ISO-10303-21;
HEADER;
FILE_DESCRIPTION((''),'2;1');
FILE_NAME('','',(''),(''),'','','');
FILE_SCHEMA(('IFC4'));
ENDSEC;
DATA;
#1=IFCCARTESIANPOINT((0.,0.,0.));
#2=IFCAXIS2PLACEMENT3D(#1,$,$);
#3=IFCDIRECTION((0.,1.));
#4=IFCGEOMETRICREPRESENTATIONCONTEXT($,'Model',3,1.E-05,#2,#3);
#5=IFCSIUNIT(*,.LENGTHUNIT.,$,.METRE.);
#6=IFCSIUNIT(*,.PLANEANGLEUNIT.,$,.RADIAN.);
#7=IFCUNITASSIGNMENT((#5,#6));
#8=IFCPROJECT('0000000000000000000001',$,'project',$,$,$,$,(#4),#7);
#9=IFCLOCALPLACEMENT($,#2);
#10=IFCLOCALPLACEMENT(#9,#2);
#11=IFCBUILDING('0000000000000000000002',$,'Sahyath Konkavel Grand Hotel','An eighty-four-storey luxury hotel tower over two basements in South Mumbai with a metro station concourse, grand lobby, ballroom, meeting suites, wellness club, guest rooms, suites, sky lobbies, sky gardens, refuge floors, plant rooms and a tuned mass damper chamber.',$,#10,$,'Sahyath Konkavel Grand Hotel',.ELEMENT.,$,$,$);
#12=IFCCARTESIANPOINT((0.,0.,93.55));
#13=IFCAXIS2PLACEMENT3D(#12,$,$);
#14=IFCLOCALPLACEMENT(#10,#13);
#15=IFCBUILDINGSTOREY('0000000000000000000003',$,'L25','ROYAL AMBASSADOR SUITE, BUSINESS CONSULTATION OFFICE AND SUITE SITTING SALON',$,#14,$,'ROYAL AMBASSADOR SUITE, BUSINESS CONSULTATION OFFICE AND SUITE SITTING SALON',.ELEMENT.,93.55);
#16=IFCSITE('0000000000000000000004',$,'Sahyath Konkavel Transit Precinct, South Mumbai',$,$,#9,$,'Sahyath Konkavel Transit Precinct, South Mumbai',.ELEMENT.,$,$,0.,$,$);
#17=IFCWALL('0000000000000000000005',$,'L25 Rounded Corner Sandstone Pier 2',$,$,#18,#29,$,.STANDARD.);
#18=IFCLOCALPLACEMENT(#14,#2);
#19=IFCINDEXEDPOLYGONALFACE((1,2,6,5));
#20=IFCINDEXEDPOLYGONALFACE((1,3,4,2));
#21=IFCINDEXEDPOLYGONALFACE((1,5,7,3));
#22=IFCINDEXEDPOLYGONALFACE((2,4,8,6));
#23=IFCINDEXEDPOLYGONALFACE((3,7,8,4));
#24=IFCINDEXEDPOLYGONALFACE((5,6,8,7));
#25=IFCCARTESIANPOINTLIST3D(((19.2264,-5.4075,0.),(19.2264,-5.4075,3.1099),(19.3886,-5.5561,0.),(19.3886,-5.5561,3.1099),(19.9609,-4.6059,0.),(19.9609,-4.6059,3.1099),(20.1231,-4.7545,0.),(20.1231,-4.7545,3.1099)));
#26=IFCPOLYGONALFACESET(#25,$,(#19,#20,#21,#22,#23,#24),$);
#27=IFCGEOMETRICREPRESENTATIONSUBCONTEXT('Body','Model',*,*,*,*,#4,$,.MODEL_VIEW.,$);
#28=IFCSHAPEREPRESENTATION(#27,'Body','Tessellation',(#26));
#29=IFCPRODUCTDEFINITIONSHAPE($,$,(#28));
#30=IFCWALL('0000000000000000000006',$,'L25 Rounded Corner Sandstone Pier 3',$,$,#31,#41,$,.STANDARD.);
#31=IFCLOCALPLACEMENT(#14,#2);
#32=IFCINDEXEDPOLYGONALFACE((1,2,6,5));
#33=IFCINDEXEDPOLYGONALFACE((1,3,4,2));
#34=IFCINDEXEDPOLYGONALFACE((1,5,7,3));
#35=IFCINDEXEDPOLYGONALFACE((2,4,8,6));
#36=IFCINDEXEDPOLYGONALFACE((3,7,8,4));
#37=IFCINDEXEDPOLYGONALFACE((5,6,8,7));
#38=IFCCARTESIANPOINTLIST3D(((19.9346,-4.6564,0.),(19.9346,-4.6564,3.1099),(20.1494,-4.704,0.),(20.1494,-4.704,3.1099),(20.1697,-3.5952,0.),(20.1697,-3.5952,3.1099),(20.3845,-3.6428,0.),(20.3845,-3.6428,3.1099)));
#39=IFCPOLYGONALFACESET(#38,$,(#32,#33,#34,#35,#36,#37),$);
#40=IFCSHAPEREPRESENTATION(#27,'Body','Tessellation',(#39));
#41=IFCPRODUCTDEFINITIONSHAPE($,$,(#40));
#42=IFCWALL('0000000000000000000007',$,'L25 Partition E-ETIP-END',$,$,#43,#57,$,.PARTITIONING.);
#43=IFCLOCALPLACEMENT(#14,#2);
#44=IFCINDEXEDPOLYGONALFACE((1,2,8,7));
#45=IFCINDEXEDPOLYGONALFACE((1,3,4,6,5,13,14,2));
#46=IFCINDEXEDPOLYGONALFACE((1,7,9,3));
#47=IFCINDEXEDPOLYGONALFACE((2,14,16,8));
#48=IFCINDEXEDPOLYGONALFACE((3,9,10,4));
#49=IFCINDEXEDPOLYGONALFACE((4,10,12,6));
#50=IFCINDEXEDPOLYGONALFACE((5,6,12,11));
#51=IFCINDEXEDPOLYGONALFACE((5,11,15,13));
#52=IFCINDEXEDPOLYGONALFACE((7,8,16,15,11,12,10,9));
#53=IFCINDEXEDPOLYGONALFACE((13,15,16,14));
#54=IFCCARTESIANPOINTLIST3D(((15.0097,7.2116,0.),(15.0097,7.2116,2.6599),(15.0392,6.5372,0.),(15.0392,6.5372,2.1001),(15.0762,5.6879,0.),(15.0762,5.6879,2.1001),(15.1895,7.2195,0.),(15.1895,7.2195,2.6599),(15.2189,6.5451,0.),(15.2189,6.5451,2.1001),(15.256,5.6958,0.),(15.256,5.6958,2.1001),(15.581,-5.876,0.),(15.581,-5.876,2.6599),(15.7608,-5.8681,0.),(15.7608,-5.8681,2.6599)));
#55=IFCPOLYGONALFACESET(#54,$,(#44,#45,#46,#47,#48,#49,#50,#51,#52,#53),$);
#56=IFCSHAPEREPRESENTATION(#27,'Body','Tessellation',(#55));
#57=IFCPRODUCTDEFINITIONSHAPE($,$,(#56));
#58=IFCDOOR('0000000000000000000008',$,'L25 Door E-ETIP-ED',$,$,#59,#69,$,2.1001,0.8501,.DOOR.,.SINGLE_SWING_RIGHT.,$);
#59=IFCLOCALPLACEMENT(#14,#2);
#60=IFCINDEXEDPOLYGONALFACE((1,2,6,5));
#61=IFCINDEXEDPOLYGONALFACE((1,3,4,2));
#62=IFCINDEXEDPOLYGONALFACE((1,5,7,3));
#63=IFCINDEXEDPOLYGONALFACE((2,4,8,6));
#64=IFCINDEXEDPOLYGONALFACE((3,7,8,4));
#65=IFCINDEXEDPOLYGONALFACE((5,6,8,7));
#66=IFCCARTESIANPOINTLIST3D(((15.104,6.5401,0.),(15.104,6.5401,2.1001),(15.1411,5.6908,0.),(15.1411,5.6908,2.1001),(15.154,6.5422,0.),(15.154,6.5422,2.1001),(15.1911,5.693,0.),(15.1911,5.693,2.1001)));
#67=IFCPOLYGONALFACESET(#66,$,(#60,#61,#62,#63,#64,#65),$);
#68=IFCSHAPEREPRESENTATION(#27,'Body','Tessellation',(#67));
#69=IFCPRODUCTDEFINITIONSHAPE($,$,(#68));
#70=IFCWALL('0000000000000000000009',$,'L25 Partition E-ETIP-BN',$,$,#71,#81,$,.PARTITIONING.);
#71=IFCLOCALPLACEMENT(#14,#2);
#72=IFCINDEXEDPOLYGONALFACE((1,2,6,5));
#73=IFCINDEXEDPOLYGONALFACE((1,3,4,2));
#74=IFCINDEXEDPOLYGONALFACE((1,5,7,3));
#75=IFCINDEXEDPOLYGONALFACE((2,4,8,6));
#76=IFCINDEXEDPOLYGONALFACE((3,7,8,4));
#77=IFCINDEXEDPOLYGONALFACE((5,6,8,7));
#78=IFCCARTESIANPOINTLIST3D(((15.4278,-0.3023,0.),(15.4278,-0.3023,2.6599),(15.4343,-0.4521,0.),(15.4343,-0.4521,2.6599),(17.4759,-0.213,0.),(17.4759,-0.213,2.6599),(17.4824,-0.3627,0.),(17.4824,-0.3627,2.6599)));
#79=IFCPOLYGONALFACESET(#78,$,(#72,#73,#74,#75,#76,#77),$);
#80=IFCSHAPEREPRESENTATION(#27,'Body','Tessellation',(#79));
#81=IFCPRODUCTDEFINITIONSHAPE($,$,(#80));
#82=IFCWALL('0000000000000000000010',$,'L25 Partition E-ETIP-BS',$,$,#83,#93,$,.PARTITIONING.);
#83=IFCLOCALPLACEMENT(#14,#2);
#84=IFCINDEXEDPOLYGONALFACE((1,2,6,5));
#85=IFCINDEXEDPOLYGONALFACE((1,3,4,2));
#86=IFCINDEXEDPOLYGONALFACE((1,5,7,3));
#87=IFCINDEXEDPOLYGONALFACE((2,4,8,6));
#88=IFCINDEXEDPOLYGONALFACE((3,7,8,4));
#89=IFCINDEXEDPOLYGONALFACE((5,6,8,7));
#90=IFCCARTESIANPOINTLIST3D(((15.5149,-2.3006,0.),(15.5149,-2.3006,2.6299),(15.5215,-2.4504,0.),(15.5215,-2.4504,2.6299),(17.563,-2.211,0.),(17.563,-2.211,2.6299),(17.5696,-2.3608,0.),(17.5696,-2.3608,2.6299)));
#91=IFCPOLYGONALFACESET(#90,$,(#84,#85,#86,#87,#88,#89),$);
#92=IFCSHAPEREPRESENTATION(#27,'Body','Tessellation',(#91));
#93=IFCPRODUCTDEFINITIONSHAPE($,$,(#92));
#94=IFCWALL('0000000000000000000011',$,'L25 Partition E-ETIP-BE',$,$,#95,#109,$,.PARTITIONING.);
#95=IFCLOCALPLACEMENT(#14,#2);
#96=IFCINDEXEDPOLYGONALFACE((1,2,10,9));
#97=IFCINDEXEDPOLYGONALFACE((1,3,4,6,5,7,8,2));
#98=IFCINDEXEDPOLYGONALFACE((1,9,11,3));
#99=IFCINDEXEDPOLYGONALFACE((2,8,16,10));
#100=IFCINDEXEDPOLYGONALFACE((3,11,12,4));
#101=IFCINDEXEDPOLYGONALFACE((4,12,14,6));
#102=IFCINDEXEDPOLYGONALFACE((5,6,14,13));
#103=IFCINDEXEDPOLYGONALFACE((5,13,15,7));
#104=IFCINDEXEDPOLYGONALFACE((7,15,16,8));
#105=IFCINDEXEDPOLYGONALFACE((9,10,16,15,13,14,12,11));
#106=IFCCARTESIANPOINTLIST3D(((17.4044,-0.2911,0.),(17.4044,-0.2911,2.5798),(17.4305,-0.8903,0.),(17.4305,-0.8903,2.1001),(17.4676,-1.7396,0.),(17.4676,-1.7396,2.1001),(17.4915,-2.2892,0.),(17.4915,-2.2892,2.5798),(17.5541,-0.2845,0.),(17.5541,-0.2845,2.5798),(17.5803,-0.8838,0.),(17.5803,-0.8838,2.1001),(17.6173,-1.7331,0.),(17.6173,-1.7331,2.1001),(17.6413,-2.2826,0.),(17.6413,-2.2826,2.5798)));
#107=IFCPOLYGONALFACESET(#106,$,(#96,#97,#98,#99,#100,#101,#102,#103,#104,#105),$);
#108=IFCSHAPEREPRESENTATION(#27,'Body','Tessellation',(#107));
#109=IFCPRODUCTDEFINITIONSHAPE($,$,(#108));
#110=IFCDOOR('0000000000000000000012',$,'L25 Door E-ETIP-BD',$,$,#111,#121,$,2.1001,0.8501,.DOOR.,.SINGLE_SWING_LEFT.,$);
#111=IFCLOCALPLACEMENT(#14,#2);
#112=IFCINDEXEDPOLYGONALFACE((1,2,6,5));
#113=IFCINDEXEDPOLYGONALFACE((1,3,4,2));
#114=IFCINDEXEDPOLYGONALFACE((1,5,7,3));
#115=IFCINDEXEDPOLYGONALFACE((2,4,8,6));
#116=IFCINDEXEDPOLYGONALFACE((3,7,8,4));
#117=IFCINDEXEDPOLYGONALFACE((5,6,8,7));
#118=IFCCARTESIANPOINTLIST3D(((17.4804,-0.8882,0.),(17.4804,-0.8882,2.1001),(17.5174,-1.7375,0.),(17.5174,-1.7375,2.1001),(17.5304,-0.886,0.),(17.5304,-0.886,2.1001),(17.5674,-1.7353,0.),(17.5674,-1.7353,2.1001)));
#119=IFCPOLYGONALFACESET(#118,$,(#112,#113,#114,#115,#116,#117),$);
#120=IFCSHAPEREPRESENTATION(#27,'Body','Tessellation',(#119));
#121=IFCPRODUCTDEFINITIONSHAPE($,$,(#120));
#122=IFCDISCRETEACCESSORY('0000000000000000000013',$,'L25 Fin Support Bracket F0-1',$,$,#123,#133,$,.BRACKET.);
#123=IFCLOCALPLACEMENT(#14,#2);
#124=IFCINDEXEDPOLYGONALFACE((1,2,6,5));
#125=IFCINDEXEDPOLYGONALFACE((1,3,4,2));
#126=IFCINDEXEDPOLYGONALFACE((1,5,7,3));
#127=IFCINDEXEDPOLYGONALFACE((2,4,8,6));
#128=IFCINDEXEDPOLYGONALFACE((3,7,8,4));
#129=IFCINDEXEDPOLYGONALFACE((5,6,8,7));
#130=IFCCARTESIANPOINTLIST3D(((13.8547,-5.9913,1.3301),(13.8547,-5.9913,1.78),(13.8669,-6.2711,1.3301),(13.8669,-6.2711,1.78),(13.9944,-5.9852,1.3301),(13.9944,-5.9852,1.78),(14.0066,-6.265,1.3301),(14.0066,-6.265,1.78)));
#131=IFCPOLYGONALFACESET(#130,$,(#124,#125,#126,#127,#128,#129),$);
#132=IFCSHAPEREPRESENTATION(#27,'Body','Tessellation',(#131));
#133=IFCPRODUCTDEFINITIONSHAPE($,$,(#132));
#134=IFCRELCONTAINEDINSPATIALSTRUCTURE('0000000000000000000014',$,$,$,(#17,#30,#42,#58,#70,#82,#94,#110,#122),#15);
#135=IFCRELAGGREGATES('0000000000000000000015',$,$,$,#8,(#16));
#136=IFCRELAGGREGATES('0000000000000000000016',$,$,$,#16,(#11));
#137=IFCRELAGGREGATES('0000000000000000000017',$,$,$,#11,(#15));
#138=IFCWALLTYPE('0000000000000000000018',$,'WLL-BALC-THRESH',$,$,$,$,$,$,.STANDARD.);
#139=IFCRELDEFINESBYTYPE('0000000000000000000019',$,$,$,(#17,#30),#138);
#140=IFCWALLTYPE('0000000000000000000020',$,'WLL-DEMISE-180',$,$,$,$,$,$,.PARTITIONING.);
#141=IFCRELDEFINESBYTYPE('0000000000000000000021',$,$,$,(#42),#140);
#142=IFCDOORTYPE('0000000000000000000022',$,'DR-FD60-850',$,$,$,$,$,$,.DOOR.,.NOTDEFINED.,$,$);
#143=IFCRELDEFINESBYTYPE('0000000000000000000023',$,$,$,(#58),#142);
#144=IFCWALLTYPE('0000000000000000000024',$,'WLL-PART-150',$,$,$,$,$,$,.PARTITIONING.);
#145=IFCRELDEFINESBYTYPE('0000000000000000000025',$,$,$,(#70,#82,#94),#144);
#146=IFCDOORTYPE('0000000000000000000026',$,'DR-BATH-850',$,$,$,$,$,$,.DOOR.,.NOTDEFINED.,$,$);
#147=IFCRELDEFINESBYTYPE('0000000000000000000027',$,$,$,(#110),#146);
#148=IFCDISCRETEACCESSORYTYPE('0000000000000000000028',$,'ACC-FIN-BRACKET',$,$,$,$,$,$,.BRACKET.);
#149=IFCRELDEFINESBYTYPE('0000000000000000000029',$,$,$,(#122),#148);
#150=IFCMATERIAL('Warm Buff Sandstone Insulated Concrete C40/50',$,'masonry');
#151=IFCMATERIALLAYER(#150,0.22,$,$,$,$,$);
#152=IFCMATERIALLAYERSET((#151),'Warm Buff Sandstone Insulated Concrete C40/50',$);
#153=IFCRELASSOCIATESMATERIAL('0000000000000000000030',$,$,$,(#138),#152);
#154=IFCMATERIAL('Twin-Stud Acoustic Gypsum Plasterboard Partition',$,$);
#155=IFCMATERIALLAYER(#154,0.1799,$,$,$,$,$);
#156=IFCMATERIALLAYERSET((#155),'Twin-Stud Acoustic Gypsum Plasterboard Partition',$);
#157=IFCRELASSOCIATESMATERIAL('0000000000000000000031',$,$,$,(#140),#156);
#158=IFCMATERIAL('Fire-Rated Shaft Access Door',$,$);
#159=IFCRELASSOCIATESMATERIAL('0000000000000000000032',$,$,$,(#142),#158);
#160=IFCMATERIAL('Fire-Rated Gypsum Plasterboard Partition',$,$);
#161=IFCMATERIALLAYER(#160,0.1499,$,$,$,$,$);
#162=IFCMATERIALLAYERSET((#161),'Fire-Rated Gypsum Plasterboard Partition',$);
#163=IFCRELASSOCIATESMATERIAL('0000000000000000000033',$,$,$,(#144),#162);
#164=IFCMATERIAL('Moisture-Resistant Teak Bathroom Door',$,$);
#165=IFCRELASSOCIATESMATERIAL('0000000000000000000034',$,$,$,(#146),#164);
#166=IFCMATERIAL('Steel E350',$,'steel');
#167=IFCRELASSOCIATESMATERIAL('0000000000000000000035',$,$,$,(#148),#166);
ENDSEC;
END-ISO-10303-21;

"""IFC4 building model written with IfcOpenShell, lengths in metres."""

from ifc_helpers import new_model, si_unit, direction, frame, frame_2d, origin, origin_2d, place, context, subcontext, project, spatial, rectangle, extrude, source, transform, mapped, material, layer, layer_set, type_object, element, fill, save


model = new_model("IFC4")

# Units and contexts
model_context = context("Model", 3, precision=1e-05, world=origin(), true_north=direction((0.0, 1.0)))
body_context = subcontext(model_context, "Body", "Model", "MODEL_VIEW")
ifc_project = project(units=[si_unit("LENGTHUNIT", "METRE"), si_unit("PLANEANGLEUNIT", "RADIAN")], contexts=[model_context])

# Site, building, storey
site_placement = place(None, origin())
site = spatial("IfcSite", under=ifc_project, at=site_placement, Name="Sahyath Konkavel Transit Precinct, South Mumbai", LongName="Sahyath Konkavel Transit Precinct, South Mumbai", CompositionType="ELEMENT", RefElevation=0.0)
building_placement = place(site_placement, origin())
building = spatial("IfcBuilding", under=site, at=building_placement, Name="Sahyath Konkavel Grand Hotel", Description="An eighty-four-storey luxury hotel tower over two basements in South Mumbai with a metro station concourse, grand lobby, ballroom, meeting suites, wellness club, guest rooms, suites, sky lobbies, sky gardens, refuge floors, plant rooms and a tuned mass damper chamber.", LongName="Sahyath Konkavel Grand Hotel", CompositionType="ELEMENT")
storey_placement = place(building_placement, frame((0.0, 0.0, 93.55)))
storey = spatial("IfcBuildingStorey", under=building, at=storey_placement, Name="L25", Description="ROYAL AMBASSADOR SUITE, BUSINESS CONSULTATION OFFICE AND SUITE SITTING SALON", LongName="ROYAL AMBASSADOR SUITE, BUSINESS CONSULTATION OFFICE AND SUITE SITTING SALON", CompositionType="ELEMENT", Elevation=93.55)

# Shared definitions
ifc_material_1 = material(Name="Steel E350", Category="steel")

# Walls
ifc_material_2 = material(Name="Warm Buff Sandstone Insulated Concrete C40/50", Category="masonry")
ifc_layer_1 = layer(ifc_material_2, 0.22)
ifc_layer_set_1 = layer_set([ifc_layer_1], Name="Warm Buff Sandstone Insulated Concrete C40/50")
wall_type_1 = type_object("IfcWallType", Name="WLL-BALC-THRESH", PredefinedType="STANDARD", material=ifc_layer_set_1)
for number, where, z_axis, x_axis, name in (
    (1, (19.3076, -5.4817, 0.0), (0.0, 0.0, 1.0), (0.675552, 0.737313, 0.0), "L25 Rounded Corner Sandstone Pier 2"),
):
    element("IfcWall", number, at=place(storey_placement, frame(where, z_axis=z_axis, x_axis=x_axis)), inside=storey, type_object=wall_type_1, Name=name, PredefinedType="STANDARD", context=body_context, shape_type="SweptSolid", body=[
        extrude(rectangle(XDim=1.0872, YDim=0.22, at=frame_2d((0.5435, 0.0))), origin(), (0.0, 0.0, 1.0), 3.1099),
    ])
wall_1_placement = place(storey_placement, frame((20.042, -4.6802, 0.0), z_axis=(0.0, 0.0, 1.0), x_axis=(0.216288, 0.97633, 0.0)))
element("IfcWall", 2, at=wall_1_placement, inside=storey, type_object=wall_type_1, Name="L25 Rounded Corner Sandstone Pier 3", PredefinedType="STANDARD", context=body_context, shape_type="SweptSolid", body=[
    extrude(rectangle(XDim=1.0869, YDim=0.22, at=frame_2d((0.5435, 0.0))), origin(), (0.0, 0.0, 1.0), 3.1099),
])

# Wall, opening, door
ifc_material_3 = material(Name="Twin-Stud Acoustic Gypsum Plasterboard Partition")
ifc_layer_2 = layer(ifc_material_3, 0.1799)
ifc_layer_set_2 = layer_set([ifc_layer_2], Name="Twin-Stud Acoustic Gypsum Plasterboard Partition")
wall_type_2 = type_object("IfcWallType", Name="WLL-DEMISE-180", PredefinedType="PARTITIONING", material=ifc_layer_set_2)
wall_2_placement = place(storey_placement, frame((15.6709, -5.8721, 0.0), z_axis=(0.0, 0.0, 1.0), x_axis=(-0.043609, 0.999049, 0.0)))
wall_2 = element("IfcWall", 3, at=wall_2_placement, inside=storey, type_object=wall_type_2, Name="L25 Partition E-ETIP-END", PredefinedType="PARTITIONING", context=body_context, shape_type="SweptSolid", body=[
    extrude(rectangle(XDim=13.1001, YDim=0.1799, at=frame_2d((6.55, 0.0))), origin(), (0.0, 0.0, 1.0), 2.6599),
])
opening_1_placement = place(wall_2_placement, frame((11.575, 0.0, 0.0)))
opening_1 = element("IfcOpeningElement", 4, at=opening_1_placement, cuts=wall_2, PredefinedType="OPENING", context=body_context, shape_type="SweptSolid", body=[
    extrude(rectangle(XDim=0.8501, YDim=2.1001, at=frame_2d((0.425, 1.05))), frame((0.0, 0.1001, 0.0), z_axis=(0.0, -1.0, 0.0), x_axis=(1.0, 0.0, 0.0)), (0.0, 0.0, 1.0), 0.2),
])
ifc_material_4 = material(Name="Fire-Rated Shaft Access Door")
door_type_1 = type_object("IfcDoorType", Name="DR-FD60-850", OperationType="NOTDEFINED", PredefinedType="DOOR", material=ifc_material_4)
shared_shape_1 = source(origin(), body_context, "Body", "SweptSolid", [
    extrude(rectangle(XDim=0.8501, YDim=0.05, at=origin_2d()), origin(), (0.0, 0.0, 1.0), 2.1001),
])
door_1_placement = place(opening_1_placement, frame((0.425, 0.0, 0.0)))
door_1 = element("IfcDoor", 5, at=door_1_placement, inside=storey, type_object=door_type_1, Name="L25 Door E-ETIP-ED", OperationType="SINGLE_SWING_RIGHT", OverallHeight=2.1001, OverallWidth=0.8501, PredefinedType="DOOR", context=body_context, shape_type="MappedRepresentation", body=[
    mapped(shared_shape_1, transform((0.0, 0.0, 0.0), scale=1.0)),
])
fill(opening_1, door_1)

# Walls
ifc_material_5 = material(Name="Fire-Rated Gypsum Plasterboard Partition")
ifc_layer_3 = layer(ifc_material_5, 0.1499)
ifc_layer_set_3 = layer_set([ifc_layer_3], Name="Fire-Rated Gypsum Plasterboard Partition")
wall_type_3 = type_object("IfcWallType", Name="WLL-PART-150", PredefinedType="PARTITIONING", material=ifc_layer_set_3)
wall_3_placement = place(storey_placement, frame((15.4312, -0.3772, 0.0), z_axis=(0.0, 0.0, 1.0), x_axis=(0.99905, 0.043587, 0.0)))
element("IfcWall", 6, at=wall_3_placement, inside=storey, type_object=wall_type_3, Name="L25 Partition E-ETIP-BN", PredefinedType="PARTITIONING", context=body_context, shape_type="SweptSolid", body=[
    extrude(rectangle(XDim=2.05, YDim=0.1499, at=frame_2d((1.0249, 0.0))), origin(), (0.0, 0.0, 1.0), 2.6599),
])
wall_4_placement = place(storey_placement, frame((15.5183, -2.3755, 0.0), z_axis=(0.0, 0.0, 1.0), x_axis=(0.999044, 0.043706, 0.0)))
element("IfcWall", 7, at=wall_4_placement, inside=storey, type_object=wall_type_3, Name="L25 Partition E-ETIP-BS", PredefinedType="PARTITIONING", context=body_context, shape_type="SweptSolid", body=[
    extrude(rectangle(XDim=2.05, YDim=0.1499, at=frame_2d((1.0249, 0.0))), origin(), (0.0, 0.0, 1.0), 2.6299),
])

# Wall, opening, door
wall_5_placement = place(storey_placement, frame((17.5664, -2.2859, 0.0), z_axis=(0.0, 0.0, 1.0), x_axis=(-0.04358, 0.99905, 0.0)))
wall_5 = element("IfcWall", 8, at=wall_5_placement, inside=storey, type_object=wall_type_3, Name="L25 Partition E-ETIP-BE", PredefinedType="PARTITIONING", context=body_context, shape_type="SweptSolid", body=[
    extrude(rectangle(XDim=2.0, YDim=0.1499, at=frame_2d((1.0, 0.0))), origin(), (0.0, 0.0, 1.0), 2.5798),
])
opening_2_placement = place(wall_5_placement, frame((0.55, 0.0, 0.0)))
opening_2 = element("IfcOpeningElement", 9, at=opening_2_placement, cuts=wall_5, PredefinedType="OPENING", context=body_context, shape_type="SweptSolid", body=[
    extrude(rectangle(XDim=0.8501, YDim=2.1001, at=frame_2d((0.425, 1.05))), frame((0.0, 0.085, 0.0), z_axis=(0.0, -1.0, 0.0), x_axis=(1.0, 0.0, 0.0)), (0.0, 0.0, 1.0), 0.1699),
])
ifc_material_6 = material(Name="Moisture-Resistant Teak Bathroom Door")
door_type_2 = type_object("IfcDoorType", Name="DR-BATH-850", OperationType="NOTDEFINED", PredefinedType="DOOR", material=ifc_material_6)
door_2_placement = place(opening_2_placement, frame((0.425, 0.0, 0.0)))
door_2 = element("IfcDoor", 10, at=door_2_placement, inside=storey, type_object=door_type_2, Name="L25 Door E-ETIP-BD", OperationType="SINGLE_SWING_LEFT", OverallHeight=2.1001, OverallWidth=0.8501, PredefinedType="DOOR", context=body_context, shape_type="MappedRepresentation", body=[
    mapped(shared_shape_1, transform((0.0, 0.0, 0.0), scale=1.0)),
])
fill(opening_2, door_2)

# Discrete accessory
discrete_accessory_type = type_object("IfcDiscreteAccessoryType", Name="ACC-FIN-BRACKET", PredefinedType="BRACKET", material=ifc_material_1)
shared_shape_2 = source(origin(), body_context, "Body", "SweptSolid", [
    extrude(rectangle(XDim=0.28, YDim=0.1399, at=origin_2d()), origin(), (0.0, 0.0, 1.0), 0.45),
])
discrete_accessory_placement = place(storey_placement, frame((13.9307, -6.1282, 1.3301), z_axis=(0.0, 0.0, 1.0), x_axis=(0.043602, -0.999049, 0.0)))
element("IfcDiscreteAccessory", 11, at=discrete_accessory_placement, inside=storey, type_object=discrete_accessory_type, Name="L25 Fin Support Bracket F0-1", PredefinedType="BRACKET", context=body_context, shape_type="MappedRepresentation", body=[
    mapped(shared_shape_2, transform((0.0, 0.0, 0.0), scale=1.0)),
])

save(model, "model.ifc")
